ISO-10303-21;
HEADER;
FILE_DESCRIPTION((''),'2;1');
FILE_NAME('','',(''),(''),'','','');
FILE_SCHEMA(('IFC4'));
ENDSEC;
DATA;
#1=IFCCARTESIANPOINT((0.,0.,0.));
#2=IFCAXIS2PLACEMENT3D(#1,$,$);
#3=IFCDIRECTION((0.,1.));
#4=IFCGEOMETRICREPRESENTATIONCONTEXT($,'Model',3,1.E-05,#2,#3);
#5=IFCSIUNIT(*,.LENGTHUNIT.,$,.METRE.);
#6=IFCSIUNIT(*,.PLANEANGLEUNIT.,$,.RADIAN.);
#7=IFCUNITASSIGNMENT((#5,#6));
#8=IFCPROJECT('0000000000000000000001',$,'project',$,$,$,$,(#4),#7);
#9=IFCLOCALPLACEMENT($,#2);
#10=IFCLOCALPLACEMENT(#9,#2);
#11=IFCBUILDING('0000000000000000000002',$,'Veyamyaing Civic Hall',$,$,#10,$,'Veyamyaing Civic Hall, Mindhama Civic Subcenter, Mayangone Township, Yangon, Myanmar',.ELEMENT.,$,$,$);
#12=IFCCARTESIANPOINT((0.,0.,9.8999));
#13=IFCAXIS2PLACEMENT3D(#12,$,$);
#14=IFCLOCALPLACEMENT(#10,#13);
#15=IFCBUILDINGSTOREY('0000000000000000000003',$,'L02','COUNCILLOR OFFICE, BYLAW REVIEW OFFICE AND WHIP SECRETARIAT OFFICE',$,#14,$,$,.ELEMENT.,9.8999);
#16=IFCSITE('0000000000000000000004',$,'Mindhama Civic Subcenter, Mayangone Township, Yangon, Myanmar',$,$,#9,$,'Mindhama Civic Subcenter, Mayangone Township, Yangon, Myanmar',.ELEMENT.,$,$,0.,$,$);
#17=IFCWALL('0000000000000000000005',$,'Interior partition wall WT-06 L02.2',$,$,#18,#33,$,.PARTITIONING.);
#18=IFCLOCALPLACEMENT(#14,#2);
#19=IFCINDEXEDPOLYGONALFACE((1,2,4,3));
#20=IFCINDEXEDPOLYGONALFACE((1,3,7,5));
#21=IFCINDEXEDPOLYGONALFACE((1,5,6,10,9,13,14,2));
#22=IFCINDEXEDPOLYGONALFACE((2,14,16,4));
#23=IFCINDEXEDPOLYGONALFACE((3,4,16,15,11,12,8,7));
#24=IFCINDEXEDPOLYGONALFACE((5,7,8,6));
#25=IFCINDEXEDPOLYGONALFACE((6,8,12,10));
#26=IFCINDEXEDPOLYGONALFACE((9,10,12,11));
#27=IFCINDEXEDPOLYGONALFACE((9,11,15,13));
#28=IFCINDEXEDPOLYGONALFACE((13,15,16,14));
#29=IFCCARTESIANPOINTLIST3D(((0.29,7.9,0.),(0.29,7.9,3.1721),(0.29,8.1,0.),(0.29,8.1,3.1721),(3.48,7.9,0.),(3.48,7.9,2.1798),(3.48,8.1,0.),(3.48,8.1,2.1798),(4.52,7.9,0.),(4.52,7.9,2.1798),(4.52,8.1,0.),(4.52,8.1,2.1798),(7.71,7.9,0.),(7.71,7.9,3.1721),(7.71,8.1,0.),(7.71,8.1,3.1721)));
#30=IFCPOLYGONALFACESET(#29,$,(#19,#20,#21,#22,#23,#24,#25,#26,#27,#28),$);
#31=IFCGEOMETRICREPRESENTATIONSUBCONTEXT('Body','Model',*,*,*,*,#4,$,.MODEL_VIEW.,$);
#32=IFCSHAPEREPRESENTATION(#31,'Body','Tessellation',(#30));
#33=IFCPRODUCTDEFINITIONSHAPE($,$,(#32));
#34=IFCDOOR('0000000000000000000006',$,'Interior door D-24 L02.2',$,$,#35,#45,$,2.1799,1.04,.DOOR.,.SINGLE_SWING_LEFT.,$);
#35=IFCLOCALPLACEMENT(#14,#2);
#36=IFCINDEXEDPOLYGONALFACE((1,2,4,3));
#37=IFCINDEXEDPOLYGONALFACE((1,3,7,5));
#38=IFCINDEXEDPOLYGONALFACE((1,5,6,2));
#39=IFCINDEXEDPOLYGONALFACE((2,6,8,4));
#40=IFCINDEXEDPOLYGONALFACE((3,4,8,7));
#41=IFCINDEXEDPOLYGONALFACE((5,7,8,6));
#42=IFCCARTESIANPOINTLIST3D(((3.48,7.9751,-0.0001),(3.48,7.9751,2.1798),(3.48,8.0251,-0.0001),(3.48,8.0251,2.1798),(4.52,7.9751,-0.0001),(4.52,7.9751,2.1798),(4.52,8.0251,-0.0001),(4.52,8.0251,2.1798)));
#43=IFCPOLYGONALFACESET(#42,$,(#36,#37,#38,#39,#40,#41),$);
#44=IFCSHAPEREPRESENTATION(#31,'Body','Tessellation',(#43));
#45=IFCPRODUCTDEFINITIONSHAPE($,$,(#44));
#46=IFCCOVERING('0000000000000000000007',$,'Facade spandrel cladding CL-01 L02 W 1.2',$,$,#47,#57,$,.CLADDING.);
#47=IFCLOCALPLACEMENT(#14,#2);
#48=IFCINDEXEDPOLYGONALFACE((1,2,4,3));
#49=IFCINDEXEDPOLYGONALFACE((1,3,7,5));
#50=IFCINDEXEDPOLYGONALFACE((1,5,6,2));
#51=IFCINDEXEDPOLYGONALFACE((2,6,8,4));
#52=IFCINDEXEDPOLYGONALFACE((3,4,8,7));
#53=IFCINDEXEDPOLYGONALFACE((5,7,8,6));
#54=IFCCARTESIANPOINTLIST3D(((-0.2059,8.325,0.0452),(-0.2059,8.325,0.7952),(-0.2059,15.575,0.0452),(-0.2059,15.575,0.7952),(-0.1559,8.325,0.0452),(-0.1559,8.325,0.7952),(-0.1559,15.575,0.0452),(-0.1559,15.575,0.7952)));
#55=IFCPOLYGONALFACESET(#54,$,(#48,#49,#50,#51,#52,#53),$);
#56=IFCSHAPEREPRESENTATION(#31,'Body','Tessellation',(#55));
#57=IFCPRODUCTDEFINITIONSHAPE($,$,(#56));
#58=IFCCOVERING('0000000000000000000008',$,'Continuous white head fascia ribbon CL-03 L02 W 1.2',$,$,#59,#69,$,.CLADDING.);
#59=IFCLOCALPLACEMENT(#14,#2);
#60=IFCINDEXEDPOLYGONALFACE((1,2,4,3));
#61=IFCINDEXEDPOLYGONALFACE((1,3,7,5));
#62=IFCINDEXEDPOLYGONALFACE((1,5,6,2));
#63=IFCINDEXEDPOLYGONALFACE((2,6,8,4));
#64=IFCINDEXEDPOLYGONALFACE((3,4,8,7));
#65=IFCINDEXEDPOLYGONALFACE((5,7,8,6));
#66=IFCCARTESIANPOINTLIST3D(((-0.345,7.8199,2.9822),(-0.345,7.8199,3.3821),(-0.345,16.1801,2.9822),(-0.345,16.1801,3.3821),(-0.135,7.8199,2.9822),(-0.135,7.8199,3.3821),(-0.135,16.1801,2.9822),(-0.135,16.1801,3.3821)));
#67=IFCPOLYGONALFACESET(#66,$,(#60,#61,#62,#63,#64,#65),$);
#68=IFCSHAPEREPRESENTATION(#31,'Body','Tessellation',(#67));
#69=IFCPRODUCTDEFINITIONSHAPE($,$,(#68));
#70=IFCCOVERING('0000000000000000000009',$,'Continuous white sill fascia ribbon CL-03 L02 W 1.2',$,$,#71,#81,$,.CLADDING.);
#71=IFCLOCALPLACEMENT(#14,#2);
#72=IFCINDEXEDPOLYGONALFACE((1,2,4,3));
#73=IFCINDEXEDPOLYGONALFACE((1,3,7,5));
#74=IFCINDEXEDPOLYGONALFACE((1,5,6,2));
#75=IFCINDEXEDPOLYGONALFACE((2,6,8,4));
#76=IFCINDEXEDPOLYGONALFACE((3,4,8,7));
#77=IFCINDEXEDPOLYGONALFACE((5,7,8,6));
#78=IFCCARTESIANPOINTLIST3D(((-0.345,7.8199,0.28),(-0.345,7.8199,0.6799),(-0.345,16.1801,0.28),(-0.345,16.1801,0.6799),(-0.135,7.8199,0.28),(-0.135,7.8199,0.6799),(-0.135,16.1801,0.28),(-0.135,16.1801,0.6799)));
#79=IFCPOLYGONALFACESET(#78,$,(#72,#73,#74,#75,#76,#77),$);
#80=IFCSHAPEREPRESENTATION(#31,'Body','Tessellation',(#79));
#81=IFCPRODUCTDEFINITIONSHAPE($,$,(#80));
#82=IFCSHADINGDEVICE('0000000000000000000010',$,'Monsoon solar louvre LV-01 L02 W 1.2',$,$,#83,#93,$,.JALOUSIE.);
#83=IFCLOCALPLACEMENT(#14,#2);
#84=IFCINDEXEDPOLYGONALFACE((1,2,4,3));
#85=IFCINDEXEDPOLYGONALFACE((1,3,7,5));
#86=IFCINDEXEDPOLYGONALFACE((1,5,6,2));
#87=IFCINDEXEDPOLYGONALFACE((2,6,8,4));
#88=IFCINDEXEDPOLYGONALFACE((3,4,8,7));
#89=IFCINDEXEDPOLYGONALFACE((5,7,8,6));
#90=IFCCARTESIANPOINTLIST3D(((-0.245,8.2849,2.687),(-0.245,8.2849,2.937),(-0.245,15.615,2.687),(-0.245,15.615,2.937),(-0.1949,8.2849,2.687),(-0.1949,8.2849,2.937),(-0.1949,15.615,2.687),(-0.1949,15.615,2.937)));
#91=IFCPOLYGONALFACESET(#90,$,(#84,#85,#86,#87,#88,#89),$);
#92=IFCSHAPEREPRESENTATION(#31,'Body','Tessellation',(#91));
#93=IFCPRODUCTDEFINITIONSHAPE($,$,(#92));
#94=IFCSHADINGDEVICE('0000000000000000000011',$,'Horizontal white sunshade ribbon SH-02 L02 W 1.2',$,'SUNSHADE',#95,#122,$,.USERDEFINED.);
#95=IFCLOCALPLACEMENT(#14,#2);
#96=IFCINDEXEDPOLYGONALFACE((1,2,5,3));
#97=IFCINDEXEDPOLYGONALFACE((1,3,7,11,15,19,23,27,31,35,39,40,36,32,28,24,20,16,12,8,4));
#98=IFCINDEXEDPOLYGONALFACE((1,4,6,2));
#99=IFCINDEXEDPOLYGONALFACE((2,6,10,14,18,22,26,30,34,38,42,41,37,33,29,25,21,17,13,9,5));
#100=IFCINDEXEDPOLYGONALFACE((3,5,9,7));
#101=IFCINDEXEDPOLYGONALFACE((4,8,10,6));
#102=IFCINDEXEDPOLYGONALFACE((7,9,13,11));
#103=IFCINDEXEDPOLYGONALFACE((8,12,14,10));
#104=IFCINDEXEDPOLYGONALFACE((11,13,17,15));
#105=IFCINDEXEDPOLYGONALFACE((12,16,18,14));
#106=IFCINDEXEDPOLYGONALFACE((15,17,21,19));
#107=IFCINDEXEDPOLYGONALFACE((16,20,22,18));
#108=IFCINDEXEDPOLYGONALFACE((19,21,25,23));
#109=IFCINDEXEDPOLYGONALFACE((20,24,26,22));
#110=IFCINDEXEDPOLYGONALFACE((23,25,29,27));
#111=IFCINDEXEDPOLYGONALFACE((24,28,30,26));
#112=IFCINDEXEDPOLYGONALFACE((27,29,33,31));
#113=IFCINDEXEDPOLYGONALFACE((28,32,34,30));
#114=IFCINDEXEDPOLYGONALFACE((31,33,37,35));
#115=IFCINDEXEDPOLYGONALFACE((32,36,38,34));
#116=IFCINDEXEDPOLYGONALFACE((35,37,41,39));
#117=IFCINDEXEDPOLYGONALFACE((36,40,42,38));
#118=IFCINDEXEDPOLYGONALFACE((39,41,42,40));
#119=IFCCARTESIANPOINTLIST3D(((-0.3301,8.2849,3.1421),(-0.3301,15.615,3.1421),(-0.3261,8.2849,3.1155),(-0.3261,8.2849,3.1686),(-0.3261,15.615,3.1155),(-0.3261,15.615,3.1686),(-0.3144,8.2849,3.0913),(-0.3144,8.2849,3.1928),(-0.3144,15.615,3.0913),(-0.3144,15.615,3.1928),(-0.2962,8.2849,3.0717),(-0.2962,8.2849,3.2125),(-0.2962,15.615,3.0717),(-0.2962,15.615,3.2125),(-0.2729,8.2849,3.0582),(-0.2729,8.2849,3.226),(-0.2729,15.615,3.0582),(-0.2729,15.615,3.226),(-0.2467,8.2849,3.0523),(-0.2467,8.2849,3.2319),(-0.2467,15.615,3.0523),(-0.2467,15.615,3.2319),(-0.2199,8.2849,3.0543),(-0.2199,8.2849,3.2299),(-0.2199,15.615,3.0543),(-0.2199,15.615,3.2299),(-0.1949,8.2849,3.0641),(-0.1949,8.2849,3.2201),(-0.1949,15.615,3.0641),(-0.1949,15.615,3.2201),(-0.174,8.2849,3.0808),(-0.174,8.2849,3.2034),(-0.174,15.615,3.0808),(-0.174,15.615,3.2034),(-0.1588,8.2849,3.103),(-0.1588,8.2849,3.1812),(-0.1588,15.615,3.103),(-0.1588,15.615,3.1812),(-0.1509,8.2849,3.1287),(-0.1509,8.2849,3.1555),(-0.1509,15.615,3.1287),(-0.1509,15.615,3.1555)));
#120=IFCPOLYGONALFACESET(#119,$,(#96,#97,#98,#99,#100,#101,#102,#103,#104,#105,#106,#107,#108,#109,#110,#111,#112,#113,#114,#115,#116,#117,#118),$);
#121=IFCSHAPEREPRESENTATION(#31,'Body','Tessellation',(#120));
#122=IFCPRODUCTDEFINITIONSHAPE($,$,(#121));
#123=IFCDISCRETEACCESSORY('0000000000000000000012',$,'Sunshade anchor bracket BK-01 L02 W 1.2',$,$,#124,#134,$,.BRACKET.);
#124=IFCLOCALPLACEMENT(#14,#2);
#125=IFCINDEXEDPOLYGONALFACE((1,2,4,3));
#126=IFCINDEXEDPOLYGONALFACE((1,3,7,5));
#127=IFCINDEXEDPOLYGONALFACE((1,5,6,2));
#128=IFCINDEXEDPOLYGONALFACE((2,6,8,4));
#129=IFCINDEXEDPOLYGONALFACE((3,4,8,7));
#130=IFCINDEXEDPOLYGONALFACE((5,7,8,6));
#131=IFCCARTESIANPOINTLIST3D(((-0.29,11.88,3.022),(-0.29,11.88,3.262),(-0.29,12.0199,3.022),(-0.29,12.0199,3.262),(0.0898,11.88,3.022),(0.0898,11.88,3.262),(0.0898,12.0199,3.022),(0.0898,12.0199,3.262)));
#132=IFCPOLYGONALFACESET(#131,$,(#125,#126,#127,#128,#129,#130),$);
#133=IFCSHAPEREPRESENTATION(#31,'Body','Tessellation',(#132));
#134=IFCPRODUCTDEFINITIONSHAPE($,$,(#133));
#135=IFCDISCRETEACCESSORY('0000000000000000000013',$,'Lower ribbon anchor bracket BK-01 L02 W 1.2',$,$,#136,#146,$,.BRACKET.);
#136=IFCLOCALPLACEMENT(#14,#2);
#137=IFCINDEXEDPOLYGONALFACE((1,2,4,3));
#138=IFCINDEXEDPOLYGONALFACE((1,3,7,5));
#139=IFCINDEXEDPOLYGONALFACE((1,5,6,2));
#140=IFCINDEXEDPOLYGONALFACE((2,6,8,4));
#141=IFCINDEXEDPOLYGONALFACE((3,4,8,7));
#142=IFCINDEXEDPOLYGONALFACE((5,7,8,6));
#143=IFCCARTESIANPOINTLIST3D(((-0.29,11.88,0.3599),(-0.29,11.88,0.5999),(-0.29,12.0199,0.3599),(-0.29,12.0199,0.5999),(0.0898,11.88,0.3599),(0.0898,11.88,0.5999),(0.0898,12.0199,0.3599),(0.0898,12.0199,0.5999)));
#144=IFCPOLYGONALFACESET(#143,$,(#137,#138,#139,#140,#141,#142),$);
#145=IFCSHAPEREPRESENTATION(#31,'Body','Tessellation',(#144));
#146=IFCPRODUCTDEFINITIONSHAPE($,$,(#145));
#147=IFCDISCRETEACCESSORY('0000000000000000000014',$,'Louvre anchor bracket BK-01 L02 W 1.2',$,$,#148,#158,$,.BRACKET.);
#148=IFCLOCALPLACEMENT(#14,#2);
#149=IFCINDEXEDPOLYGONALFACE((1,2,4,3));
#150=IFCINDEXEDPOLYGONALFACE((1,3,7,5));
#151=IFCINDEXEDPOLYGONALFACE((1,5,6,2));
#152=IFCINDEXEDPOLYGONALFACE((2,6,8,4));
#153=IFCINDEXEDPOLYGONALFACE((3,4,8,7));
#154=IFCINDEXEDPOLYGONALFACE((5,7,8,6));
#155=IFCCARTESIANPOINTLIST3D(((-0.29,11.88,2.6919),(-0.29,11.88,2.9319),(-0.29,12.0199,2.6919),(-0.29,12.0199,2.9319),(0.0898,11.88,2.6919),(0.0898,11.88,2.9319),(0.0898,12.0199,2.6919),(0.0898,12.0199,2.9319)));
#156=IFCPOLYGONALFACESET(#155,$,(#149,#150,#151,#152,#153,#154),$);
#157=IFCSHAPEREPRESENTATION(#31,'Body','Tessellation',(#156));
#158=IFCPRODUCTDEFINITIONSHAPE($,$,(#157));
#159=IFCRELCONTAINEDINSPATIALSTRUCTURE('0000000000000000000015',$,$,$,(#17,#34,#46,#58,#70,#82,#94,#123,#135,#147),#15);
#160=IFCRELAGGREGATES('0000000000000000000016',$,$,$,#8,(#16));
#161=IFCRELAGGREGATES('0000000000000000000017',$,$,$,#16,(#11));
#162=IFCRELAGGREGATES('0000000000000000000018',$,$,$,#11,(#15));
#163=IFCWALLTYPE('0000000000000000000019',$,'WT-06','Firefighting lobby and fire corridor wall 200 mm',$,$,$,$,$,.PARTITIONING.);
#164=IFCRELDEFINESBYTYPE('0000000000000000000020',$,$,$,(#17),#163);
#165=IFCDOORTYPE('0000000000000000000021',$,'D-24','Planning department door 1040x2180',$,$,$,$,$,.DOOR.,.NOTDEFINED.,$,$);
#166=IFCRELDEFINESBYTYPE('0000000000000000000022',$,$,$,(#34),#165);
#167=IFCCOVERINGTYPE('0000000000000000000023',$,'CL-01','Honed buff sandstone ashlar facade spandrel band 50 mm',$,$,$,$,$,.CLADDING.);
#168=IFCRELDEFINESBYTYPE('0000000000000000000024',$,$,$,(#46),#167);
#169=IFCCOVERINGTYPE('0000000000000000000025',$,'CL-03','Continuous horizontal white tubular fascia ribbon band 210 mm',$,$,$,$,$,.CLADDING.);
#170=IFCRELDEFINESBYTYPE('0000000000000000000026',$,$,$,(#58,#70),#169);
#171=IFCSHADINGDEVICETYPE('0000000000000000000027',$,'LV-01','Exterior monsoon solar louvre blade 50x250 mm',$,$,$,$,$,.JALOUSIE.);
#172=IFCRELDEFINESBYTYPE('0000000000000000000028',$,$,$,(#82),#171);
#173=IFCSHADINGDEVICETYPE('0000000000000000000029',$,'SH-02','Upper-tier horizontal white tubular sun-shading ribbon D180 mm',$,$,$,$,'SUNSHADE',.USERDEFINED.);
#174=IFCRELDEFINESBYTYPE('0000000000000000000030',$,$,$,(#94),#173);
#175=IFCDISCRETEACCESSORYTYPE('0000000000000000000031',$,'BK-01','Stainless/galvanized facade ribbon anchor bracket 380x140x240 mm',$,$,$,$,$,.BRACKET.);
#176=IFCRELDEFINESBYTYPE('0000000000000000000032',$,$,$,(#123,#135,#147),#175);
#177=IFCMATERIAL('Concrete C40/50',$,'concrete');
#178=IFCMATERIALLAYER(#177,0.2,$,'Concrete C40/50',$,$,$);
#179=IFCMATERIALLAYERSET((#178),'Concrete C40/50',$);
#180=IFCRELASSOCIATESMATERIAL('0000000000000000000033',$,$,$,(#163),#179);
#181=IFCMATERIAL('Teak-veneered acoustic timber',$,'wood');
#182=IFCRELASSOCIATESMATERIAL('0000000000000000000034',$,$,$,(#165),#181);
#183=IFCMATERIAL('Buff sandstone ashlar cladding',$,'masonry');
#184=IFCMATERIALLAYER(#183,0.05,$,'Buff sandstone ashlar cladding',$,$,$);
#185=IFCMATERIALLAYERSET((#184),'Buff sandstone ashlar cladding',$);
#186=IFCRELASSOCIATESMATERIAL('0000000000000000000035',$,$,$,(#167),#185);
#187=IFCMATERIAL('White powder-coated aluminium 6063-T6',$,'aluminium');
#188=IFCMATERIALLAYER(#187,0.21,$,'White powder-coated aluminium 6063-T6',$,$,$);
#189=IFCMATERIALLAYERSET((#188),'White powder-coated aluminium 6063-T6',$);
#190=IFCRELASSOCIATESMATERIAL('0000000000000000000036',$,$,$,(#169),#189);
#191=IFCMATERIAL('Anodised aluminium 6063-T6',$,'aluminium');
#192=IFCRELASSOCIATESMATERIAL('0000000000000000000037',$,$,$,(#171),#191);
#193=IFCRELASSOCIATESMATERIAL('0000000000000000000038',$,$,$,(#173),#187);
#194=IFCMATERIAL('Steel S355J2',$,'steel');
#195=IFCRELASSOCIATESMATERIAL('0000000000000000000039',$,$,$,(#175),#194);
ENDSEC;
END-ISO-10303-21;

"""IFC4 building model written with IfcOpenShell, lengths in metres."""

from ifc_helpers import new_model, si_unit, direction, frame, frame_2d, origin, origin_2d, place, context, subcontext, project, spatial, rectangle, circle, extrude, material, layer, layer_set, material_profile, profile_set, type_object, element, fill, save


model = new_model("IFC4")

# Units and contexts
model_context = context("Model", 3, precision=1e-05, world=origin(), true_north=direction((0.0, 1.0)))
body_context = subcontext(model_context, "Body", "Model", "MODEL_VIEW")
ifc_project = project(units=[si_unit("LENGTHUNIT", "METRE"), si_unit("PLANEANGLEUNIT", "RADIAN")], contexts=[model_context])

# Site, building, storey
site_placement = place(None, origin())
site = spatial("IfcSite", under=ifc_project, at=site_placement, Name="Mindhama Civic Subcenter, Mayangone Township, Yangon, Myanmar", LongName="Mindhama Civic Subcenter, Mayangone Township, Yangon, Myanmar", CompositionType="ELEMENT", RefElevation=0.0)
building_placement = place(site_placement, origin())
building = spatial("IfcBuilding", under=site, at=building_placement, Name="Veyamyaing Civic Hall", LongName="Veyamyaing Civic Hall, Mindhama Civic Subcenter, Mayangone Township, Yangon, Myanmar", CompositionType="ELEMENT")
storey_placement = place(building_placement, frame((0.0, 0.0, 9.8999)))
storey = spatial("IfcBuildingStorey", under=building, at=storey_placement, Name="L02", Description="COUNCILLOR OFFICE, BYLAW REVIEW OFFICE AND WHIP SECRETARIAT OFFICE", CompositionType="ELEMENT", Elevation=9.8999)

# Shared definitions
ifc_material_1 = material(Name="Steel S355J2", Category="steel")

# Shared definitions
ifc_material_2 = material(Name="Concrete C40/50", Category="concrete")

# Wall, opening, door
ifc_layer_1 = layer(ifc_material_2, 0.2, Name="Concrete C40/50")
ifc_layer_set_1 = layer_set([ifc_layer_1], Name="Concrete C40/50")
wall_type_1 = type_object("IfcWallType", Name="WT-06", Description="Firefighting lobby and fire corridor wall 200 mm", PredefinedType="PARTITIONING", material=ifc_layer_set_1)
wall_1_placement = place(storey_placement, frame((0.29, 8.0, 0.0), z_axis=(0.0, 0.0, 1.0), x_axis=(1.0, 0.0, 0.0)))
wall_1 = element("IfcWall", 1, at=wall_1_placement, inside=storey, type_object=wall_type_1, Name="Interior partition wall WT-06 L02.2", PredefinedType="PARTITIONING", context=body_context, shape_type="SweptSolid", body=[
    extrude(rectangle(XDim=7.4199, YDim=0.2, at=frame_2d((3.71, 0.0))), origin(), (0.0, 0.0, 1.0), 3.1721),
])
opening_1_placement = place(wall_1_placement, frame((3.1899, 0.0, 0.0)))
opening_1 = element("IfcOpeningElement", 2, at=opening_1_placement, cuts=wall_1, PredefinedType="OPENING", context=body_context, shape_type="SweptSolid", body=[
    extrude(rectangle(XDim=1.04, YDim=2.1799, at=frame_2d((0.52, 1.0898))), frame((0.0, 0.1099, 0.0), z_axis=(0.0, -1.0, 0.0), x_axis=(1.0, 0.0, 0.0)), (0.0, 0.0, 1.0), 0.22),
])
ifc_material_3 = material(Name="Teak-veneered acoustic timber", Category="wood")
door_type_1 = type_object("IfcDoorType", Name="D-24", Description="Planning department door 1040x2180", OperationType="NOTDEFINED", PredefinedType="DOOR", material=ifc_material_3)
door_1_placement = place(opening_1_placement, frame((1.04, 0.0, 0.0), z_axis=(0.0, 0.0, 1.0), x_axis=(-1.0, 0.0, 0.0)))
door_1 = element("IfcDoor", 3, at=door_1_placement, inside=storey, type_object=door_type_1, Name="Interior door D-24 L02.2", OperationType="SINGLE_SWING_LEFT", OverallHeight=2.1799, OverallWidth=1.04, PredefinedType="DOOR", context=body_context, shape_type="SweptSolid", body=[
    extrude(rectangle(XDim=1.04, YDim=2.1799, at=frame_2d((0.52, 1.0898))), frame((0.0, 0.0249, 0.0), z_axis=(0.0, -1.0, 0.0), x_axis=(1.0, 0.0, 0.0)), (0.0, 0.0, 1.0), 0.05),
])
fill(opening_1, door_1)

# Coverings
ifc_material_4 = material(Name="Buff sandstone ashlar cladding", Category="masonry")
ifc_layer_2 = layer(ifc_material_4, 0.05, Name="Buff sandstone ashlar cladding")
ifc_layer_set_2 = layer_set([ifc_layer_2], Name="Buff sandstone ashlar cladding")
covering_type_1 = type_object("IfcCoveringType", Name="CL-01", Description="Honed buff sandstone ashlar facade spandrel band 50 mm", PredefinedType="CLADDING", material=ifc_layer_set_2)
covering_placement = place(storey_placement, frame((-0.1809, 11.95, 0.0452), z_axis=(0.0, 0.0, 1.0), x_axis=(0.0, 1.0, 0.0)))
element("IfcCovering", 4, at=covering_placement, inside=storey, type_object=covering_type_1, Name="Facade spandrel cladding CL-01 L02 W 1.2", PredefinedType="CLADDING", context=body_context, shape_type="SweptSolid", body=[
    extrude(rectangle(XDim=7.25, YDim=0.05, at=origin_2d()), origin(), (0.0, 0.0, 1.0), 0.75),
])
ifc_material_5 = material(Name="White powder-coated aluminium 6063-T6", Category="aluminium")
ifc_layer_3 = layer(ifc_material_5, 0.21, Name="White powder-coated aluminium 6063-T6")
ifc_layer_set_3 = layer_set([ifc_layer_3], Name="White powder-coated aluminium 6063-T6")
covering_type_2 = type_object("IfcCoveringType", Name="CL-03", Description="Continuous horizontal white tubular fascia ribbon band 210 mm", PredefinedType="CLADDING", material=ifc_layer_set_3)
for number, where, z_axis, x_axis, name in (
    (5, (-0.24, 12.0, 2.9822), (0.0, 0.0, 1.0), (0.0, 1.0, 0.0), "Continuous white head fascia ribbon CL-03 L02 W 1.2"),
    (6, (-0.24, 12.0, 0.28), (0.0, 0.0, 1.0), (0.0, 1.0, 0.0), "Continuous white sill fascia ribbon CL-03 L02 W 1.2"),
):
    element("IfcCovering", number, at=place(storey_placement, frame(where, z_axis=z_axis, x_axis=x_axis)), inside=storey, type_object=covering_type_2, Name=name, PredefinedType="CLADDING", context=body_context, shape_type="SweptSolid", body=[
        extrude(rectangle(XDim=8.3601, YDim=0.21, at=origin_2d()), origin(), (0.0, 0.0, 1.0), 0.3999),
    ])

# Shading devices
ifc_material_6 = material(Name="Anodised aluminium 6063-T6", Category="aluminium")
ifc_material_profile_1 = material_profile(ifc_material_6, rectangle(XDim=0.05, YDim=0.25, at=origin_2d()), Name="LOUVRE-BLADE-50X250")
ifc_profile_set_1 = profile_set([ifc_material_profile_1], Name="Anodised aluminium 6063-T6")
shading_device_type_1 = type_object("IfcShadingDeviceType", Name="LV-01", Description="Exterior monsoon solar louvre blade 50x250 mm", PredefinedType="JALOUSIE", material=ifc_profile_set_1)
shading_device_1_placement = place(storey_placement, frame((-0.22, 8.2849, 2.812), z_axis=(0.0, 1.0, 0.0), x_axis=(-1.0, 0.0, 0.0)))
element("IfcShadingDevice", 7, at=shading_device_1_placement, inside=storey, type_object=shading_device_type_1, Name="Monsoon solar louvre LV-01 L02 W 1.2", PredefinedType="JALOUSIE", context=body_context, shape_type="SweptSolid", body=[
    extrude(rectangle(XDim=0.05, YDim=0.25, at=origin_2d()), origin(), (0.0, 0.0, 1.0), 7.3301),
])
ifc_material_profile_2 = material_profile(ifc_material_5, circle(Radius=0.0901, at=origin_2d()), Name="SHADE-TUBE-180")
ifc_profile_set_2 = profile_set([ifc_material_profile_2], Name="White powder-coated aluminium 6063-T6")
shading_device_type_2 = type_object("IfcShadingDeviceType", Name="SH-02", Description="Upper-tier horizontal white tubular sun-shading ribbon D180 mm", ElementType="SUNSHADE", PredefinedType="USERDEFINED", material=ifc_profile_set_2)
shading_device_2_placement = place(storey_placement, frame((-0.24, 8.2849, 3.1421), z_axis=(0.0, 1.0, 0.0), x_axis=(-1.0, 0.0, 0.0)))
element("IfcShadingDevice", 8, at=shading_device_2_placement, inside=storey, type_object=shading_device_type_2, Name="Horizontal white sunshade ribbon SH-02 L02 W 1.2", ObjectType="SUNSHADE", PredefinedType="USERDEFINED", context=body_context, shape_type="SweptSolid", body=[
    extrude(circle(Radius=0.0901, at=origin_2d()), origin(), (0.0, 0.0, 1.0), 7.3301),
])

# Discrete accessories
discrete_accessory_type = type_object("IfcDiscreteAccessoryType", Name="BK-01", Description="Stainless/galvanized facade ribbon anchor bracket 380x140x240 mm", PredefinedType="BRACKET", material=ifc_material_1)
for number, where, z_axis, x_axis, name in (
    (9, (-0.1001, 11.95, 3.022), (0.0, 0.0, 1.0), (-1.0, 0.0, 0.0), "Sunshade anchor bracket BK-01 L02 W 1.2"),
    (10, (-0.1001, 11.95, 0.3599), (0.0, 0.0, 1.0), (-1.0, 0.0, 0.0), "Lower ribbon anchor bracket BK-01 L02 W 1.2"),
    (11, (-0.1001, 11.95, 2.6919), (0.0, 0.0, 1.0), (-1.0, 0.0, 0.0), "Louvre anchor bracket BK-01 L02 W 1.2"),
):
    element("IfcDiscreteAccessory", number, at=place(storey_placement, frame(where, z_axis=z_axis, x_axis=x_axis)), inside=storey, type_object=discrete_accessory_type, Name=name, PredefinedType="BRACKET", context=body_context, shape_type="SweptSolid", body=[
        extrude(rectangle(XDim=0.3799, YDim=0.1399, at=origin_2d()), origin(), (0.0, 0.0, 1.0), 0.24),
    ])

save(model, "model.ifc")
